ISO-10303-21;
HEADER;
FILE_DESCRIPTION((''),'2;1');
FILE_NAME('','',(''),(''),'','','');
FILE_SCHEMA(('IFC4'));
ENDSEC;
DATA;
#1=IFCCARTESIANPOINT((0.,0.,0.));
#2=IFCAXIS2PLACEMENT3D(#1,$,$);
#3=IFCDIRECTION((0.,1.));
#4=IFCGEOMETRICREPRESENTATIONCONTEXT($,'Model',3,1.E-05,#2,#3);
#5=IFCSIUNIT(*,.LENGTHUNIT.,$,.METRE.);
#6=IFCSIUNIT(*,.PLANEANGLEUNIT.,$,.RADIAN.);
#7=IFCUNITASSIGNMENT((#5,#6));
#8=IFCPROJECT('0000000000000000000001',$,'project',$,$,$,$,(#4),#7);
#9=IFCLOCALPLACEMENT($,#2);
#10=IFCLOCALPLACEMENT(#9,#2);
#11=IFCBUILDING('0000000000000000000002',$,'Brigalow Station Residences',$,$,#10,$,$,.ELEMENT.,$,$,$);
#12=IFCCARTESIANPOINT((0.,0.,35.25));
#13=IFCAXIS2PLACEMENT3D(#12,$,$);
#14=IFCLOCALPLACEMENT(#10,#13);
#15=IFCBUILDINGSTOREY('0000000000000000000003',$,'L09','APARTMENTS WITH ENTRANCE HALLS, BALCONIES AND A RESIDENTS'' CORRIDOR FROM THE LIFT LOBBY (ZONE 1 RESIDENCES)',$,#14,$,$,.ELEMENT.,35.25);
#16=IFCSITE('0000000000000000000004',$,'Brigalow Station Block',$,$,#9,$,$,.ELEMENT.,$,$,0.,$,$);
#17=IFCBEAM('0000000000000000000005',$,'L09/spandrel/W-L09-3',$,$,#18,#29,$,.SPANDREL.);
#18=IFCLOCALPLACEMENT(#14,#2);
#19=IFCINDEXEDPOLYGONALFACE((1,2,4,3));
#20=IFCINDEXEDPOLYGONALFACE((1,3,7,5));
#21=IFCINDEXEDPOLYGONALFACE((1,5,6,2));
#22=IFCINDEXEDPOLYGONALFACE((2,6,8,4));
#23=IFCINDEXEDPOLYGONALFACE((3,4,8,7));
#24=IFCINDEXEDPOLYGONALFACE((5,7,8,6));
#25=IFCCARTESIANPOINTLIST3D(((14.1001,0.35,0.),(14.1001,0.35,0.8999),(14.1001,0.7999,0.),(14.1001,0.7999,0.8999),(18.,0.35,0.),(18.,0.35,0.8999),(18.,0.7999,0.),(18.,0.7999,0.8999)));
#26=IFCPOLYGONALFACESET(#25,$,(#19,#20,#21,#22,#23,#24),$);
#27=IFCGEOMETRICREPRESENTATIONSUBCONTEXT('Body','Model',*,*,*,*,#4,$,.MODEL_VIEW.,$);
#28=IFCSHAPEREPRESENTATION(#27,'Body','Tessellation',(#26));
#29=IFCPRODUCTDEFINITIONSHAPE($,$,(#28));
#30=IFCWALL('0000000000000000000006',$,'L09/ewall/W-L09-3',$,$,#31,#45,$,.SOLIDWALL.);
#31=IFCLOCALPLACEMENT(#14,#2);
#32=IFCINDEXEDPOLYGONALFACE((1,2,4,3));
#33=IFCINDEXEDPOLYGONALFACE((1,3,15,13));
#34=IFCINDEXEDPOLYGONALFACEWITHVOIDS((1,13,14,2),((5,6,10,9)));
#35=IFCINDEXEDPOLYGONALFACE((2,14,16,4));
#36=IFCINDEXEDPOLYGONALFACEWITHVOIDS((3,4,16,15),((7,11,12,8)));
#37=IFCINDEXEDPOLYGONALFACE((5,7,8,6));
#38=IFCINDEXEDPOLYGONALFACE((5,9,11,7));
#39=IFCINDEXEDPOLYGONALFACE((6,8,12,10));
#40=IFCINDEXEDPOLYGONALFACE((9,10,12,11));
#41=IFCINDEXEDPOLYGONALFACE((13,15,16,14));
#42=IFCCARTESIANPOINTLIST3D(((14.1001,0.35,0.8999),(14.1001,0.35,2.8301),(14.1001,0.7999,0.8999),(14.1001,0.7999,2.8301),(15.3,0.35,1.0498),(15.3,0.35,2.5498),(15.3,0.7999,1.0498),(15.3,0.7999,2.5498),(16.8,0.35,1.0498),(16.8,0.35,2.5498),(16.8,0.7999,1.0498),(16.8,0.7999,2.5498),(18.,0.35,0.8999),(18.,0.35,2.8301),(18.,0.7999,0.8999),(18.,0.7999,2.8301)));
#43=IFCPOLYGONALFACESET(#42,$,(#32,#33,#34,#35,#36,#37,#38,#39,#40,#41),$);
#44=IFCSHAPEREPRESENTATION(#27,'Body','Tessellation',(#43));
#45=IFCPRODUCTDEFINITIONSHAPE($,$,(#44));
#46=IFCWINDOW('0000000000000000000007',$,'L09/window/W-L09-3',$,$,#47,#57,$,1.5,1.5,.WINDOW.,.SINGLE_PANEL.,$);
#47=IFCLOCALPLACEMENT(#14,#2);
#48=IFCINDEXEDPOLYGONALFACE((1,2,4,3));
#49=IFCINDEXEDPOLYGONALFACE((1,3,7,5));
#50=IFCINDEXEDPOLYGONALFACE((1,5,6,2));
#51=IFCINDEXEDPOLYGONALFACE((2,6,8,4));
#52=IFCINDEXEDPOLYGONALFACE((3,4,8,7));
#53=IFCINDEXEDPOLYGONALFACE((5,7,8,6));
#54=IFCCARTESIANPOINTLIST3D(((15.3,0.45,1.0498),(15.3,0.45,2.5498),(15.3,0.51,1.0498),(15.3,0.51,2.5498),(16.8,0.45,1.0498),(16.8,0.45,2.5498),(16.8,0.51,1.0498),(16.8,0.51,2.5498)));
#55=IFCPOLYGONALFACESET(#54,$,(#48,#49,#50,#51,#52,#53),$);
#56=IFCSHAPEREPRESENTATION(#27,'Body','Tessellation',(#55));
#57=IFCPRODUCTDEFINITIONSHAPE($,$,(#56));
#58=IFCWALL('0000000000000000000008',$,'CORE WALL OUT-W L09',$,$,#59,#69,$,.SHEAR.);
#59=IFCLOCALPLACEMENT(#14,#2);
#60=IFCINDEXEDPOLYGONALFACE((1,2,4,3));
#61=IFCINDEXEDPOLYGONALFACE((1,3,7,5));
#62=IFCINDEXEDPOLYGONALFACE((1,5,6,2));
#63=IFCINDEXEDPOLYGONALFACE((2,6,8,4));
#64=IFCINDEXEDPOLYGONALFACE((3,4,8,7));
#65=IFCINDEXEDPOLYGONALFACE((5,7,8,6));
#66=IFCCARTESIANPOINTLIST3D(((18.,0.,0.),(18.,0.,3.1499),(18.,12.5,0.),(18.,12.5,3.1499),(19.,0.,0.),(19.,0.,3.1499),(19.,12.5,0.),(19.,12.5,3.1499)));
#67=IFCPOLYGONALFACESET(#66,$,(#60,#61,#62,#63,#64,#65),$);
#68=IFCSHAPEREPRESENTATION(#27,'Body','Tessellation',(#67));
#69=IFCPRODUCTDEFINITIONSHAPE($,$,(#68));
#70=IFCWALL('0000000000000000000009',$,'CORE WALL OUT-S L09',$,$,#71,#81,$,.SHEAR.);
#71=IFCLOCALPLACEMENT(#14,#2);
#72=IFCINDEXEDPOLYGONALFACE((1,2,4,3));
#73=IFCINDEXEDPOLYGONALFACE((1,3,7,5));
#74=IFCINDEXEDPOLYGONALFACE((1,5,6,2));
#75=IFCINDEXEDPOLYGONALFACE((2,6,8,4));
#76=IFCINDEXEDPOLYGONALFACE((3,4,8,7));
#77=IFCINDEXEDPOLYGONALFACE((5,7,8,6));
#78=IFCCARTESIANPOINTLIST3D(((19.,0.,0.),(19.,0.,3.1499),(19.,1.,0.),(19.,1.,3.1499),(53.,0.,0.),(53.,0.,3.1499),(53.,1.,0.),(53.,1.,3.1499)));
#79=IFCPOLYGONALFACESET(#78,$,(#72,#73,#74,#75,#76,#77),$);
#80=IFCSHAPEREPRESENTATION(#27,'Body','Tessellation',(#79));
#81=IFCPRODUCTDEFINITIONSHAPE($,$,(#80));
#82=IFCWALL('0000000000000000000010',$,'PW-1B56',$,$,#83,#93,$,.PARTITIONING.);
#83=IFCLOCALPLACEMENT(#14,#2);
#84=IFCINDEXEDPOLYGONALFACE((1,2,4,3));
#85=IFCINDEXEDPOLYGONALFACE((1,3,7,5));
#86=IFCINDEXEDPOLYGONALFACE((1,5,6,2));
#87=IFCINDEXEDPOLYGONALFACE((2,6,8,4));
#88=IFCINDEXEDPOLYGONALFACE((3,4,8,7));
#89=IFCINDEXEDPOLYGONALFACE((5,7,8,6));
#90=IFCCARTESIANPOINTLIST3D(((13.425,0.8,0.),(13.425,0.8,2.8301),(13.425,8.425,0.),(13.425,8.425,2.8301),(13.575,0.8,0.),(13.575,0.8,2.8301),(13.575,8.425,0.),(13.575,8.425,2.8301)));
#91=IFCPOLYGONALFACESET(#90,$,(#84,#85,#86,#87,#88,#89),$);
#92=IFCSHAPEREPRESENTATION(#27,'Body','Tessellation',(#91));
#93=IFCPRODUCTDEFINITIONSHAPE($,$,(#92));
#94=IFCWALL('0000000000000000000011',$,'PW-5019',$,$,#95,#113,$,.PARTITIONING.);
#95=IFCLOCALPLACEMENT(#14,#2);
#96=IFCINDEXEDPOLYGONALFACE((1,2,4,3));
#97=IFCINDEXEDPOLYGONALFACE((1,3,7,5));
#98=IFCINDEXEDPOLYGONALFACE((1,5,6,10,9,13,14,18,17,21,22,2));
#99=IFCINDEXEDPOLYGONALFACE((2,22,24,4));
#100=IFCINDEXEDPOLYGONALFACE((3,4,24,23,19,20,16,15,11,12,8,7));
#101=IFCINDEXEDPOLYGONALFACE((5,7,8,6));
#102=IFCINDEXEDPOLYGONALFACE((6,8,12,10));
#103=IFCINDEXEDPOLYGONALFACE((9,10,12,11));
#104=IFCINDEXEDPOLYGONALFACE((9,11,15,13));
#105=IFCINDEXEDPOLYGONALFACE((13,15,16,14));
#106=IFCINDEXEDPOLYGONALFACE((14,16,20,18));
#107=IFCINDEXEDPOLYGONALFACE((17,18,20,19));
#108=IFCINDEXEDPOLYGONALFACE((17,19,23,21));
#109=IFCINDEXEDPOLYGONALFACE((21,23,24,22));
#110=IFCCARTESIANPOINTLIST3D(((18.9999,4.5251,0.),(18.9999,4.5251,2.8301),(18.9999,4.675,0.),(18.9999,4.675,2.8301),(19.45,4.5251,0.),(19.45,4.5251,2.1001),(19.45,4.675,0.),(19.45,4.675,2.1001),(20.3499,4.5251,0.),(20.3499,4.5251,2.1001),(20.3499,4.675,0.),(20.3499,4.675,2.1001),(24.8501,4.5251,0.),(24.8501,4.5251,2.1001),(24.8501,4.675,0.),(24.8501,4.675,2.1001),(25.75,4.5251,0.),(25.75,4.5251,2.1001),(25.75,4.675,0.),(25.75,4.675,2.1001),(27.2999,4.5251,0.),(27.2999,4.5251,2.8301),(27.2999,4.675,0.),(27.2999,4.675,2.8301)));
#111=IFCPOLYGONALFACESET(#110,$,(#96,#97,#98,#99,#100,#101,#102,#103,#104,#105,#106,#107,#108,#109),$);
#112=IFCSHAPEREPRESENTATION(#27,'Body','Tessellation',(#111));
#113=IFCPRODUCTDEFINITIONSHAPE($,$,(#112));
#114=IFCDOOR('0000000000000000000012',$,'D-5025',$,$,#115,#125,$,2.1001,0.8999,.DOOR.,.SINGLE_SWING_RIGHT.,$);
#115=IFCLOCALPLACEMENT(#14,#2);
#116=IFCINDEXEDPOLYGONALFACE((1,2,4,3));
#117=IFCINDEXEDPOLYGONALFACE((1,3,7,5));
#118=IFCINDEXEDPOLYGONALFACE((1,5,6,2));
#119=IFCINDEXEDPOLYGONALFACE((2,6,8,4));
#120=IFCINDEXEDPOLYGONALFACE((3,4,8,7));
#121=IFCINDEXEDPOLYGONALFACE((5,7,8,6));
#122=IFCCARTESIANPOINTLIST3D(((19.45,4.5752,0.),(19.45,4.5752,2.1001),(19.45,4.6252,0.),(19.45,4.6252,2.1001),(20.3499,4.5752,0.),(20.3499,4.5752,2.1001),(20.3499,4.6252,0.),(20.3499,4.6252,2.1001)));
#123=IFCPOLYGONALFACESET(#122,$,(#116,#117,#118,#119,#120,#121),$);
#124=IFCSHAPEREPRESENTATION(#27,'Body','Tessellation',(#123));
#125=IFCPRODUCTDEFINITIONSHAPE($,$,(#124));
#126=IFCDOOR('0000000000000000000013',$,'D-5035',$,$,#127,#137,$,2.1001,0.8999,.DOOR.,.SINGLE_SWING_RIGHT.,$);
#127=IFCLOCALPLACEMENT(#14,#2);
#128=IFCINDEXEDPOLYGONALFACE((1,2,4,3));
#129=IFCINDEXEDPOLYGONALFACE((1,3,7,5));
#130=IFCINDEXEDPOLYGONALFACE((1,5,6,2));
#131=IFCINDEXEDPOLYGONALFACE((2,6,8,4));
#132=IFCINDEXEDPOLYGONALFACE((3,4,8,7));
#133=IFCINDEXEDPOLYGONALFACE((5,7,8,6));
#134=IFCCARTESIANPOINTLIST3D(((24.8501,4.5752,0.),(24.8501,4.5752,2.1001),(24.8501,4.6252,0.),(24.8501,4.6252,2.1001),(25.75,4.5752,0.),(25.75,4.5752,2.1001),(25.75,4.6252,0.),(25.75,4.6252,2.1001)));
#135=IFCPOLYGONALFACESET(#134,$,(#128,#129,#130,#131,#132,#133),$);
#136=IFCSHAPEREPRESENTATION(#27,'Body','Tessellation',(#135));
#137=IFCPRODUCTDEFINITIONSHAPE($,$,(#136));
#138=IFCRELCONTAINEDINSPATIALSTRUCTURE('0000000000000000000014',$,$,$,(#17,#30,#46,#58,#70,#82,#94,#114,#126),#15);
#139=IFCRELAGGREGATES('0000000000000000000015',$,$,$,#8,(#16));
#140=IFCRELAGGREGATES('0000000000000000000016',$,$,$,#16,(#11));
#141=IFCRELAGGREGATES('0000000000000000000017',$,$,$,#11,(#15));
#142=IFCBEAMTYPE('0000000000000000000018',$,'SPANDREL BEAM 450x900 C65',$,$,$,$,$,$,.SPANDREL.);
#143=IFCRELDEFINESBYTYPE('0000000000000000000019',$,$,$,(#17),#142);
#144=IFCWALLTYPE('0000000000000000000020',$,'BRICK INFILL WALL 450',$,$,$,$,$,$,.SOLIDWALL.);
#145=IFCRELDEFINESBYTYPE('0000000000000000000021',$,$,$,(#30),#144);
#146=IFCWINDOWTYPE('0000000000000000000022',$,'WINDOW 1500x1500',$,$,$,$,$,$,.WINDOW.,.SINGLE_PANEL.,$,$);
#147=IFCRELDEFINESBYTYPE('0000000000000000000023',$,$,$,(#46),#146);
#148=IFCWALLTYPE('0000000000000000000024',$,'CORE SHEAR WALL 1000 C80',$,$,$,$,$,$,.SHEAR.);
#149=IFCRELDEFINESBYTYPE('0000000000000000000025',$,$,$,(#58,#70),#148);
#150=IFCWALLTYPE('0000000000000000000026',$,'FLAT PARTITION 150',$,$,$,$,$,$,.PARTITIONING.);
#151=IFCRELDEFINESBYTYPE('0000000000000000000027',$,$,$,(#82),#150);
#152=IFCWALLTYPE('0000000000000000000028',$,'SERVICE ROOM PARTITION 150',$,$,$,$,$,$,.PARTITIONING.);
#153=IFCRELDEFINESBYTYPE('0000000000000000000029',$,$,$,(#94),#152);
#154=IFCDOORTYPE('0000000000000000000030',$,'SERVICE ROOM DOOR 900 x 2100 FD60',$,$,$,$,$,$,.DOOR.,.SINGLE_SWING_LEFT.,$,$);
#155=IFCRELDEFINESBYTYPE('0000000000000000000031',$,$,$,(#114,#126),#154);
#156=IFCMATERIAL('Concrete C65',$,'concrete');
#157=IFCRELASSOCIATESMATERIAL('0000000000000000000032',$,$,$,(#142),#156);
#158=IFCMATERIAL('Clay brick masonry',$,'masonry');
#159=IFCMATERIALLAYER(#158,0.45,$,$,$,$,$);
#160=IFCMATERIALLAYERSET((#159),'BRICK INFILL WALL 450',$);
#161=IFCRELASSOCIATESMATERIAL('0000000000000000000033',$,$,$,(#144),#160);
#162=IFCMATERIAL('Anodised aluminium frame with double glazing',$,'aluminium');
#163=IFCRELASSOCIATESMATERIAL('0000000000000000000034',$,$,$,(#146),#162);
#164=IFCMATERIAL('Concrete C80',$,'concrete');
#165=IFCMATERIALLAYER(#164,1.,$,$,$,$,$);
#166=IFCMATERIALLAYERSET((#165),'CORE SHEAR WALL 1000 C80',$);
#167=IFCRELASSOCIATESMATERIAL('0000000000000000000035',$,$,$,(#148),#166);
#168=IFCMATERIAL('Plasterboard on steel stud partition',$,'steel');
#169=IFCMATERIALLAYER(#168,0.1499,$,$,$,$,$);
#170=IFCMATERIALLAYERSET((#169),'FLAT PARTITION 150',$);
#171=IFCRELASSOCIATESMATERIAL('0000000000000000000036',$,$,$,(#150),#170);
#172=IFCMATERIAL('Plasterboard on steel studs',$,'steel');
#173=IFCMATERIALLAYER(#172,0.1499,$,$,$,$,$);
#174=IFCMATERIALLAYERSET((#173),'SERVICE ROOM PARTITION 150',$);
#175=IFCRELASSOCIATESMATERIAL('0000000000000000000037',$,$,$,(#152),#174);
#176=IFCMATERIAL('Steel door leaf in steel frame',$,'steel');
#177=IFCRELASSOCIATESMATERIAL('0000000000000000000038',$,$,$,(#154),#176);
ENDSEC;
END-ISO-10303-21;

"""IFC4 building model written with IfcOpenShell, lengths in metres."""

from ifc_helpers import new_model, si_unit, direction, frame, frame_2d, origin, origin_2d, place, context, subcontext, project, spatial, rectangle, extrude, material, layer, layer_set, material_profile, profile_set, type_object, element, fill, save


model = new_model("IFC4")

# Units and contexts
model_context = context("Model", 3, precision=1e-05, world=origin(), true_north=direction((0.0, 1.0)))
body_context = subcontext(model_context, "Body", "Model", "MODEL_VIEW")
ifc_project = project(units=[si_unit("LENGTHUNIT", "METRE"), si_unit("PLANEANGLEUNIT", "RADIAN")], contexts=[model_context])

# Site, building, storey
site_placement = place(None, origin())
site = spatial("IfcSite", under=ifc_project, at=site_placement, Name="Brigalow Station Block", CompositionType="ELEMENT", RefElevation=0.0)
building_placement = place(site_placement, origin())
building = spatial("IfcBuilding", under=site, at=building_placement, Name="Brigalow Station Residences", CompositionType="ELEMENT")
storey_placement = place(building_placement, frame((0.0, 0.0, 35.25)))
storey = spatial("IfcBuildingStorey", under=building, at=storey_placement, Name="L09", Description="APARTMENTS WITH ENTRANCE HALLS, BALCONIES AND A RESIDENTS' CORRIDOR FROM THE LIFT LOBBY (ZONE 1 RESIDENCES)", CompositionType="ELEMENT", Elevation=35.25)

# Beam
ifc_material_1 = material(Name="Concrete C65", Category="concrete")
ifc_material_profile = material_profile(ifc_material_1, rectangle(XDim=0.45, YDim=0.8999, at=origin_2d()), Name="RC450x900")
ifc_profile_set = profile_set([ifc_material_profile], Name="Concrete C65")
beam_type = type_object("IfcBeamType", Name="SPANDREL BEAM 450x900 C65", PredefinedType="SPANDREL", material=ifc_profile_set)
beam_placement = place(storey_placement, frame((14.1001, 0.575, 0.45), z_axis=(1.0, 0.0, 0.0), x_axis=(0.0, 1.0, 0.0)))
element("IfcBeam", 1, at=beam_placement, inside=storey, type_object=beam_type, Name="L09/spandrel/W-L09-3", PredefinedType="SPANDREL", context=body_context, shape_type="SweptSolid", body=[
    extrude(rectangle(XDim=0.45, YDim=0.8999, at=origin_2d()), origin(), (0.0, 0.0, 1.0), 3.8999),
])

# Wall, opening, window
ifc_material_2 = material(Name="Clay brick masonry", Category="masonry")
ifc_layer_1 = layer(ifc_material_2, 0.45)
ifc_layer_set_1 = layer_set([ifc_layer_1], Name="BRICK INFILL WALL 450")
wall_type_1 = type_object("IfcWallType", Name="BRICK INFILL WALL 450", PredefinedType="SOLIDWALL", material=ifc_layer_set_1)
wall_1_placement = place(storey_placement, frame((14.1001, 0.575, 0.8999), z_axis=(0.0, 0.0, 1.0), x_axis=(1.0, 0.0, 0.0)))
wall_1 = element("IfcWall", 2, at=wall_1_placement, inside=storey, type_object=wall_type_1, Name="L09/ewall/W-L09-3", PredefinedType="SOLIDWALL", context=body_context, shape_type="SweptSolid", body=[
    extrude(rectangle(XDim=3.8999, YDim=0.45, at=frame_2d((1.95, 0.0))), origin(), (0.0, 0.0, 1.0), 1.9302),
])
opening_1_placement = place(wall_1_placement, frame((1.2, 0.0, 0.1499)))
opening_1 = element("IfcOpeningElement", 3, at=opening_1_placement, cuts=wall_1, PredefinedType="OPENING", context=body_context, shape_type="SweptSolid", body=[
    extrude(rectangle(XDim=1.5, YDim=1.5, at=frame_2d((0.75, 0.75))), frame((0.0, 0.2349, 0.0), z_axis=(0.0, -1.0, 0.0), x_axis=(1.0, 0.0, 0.0)), (0.0, 0.0, 1.0), 0.47),
])
ifc_material_3 = material(Name="Anodised aluminium frame with double glazing", Category="aluminium")
window_type = type_object("IfcWindowType", Name="WINDOW 1500x1500", PartitioningType="SINGLE_PANEL", PredefinedType="WINDOW", material=ifc_material_3)
window_placement = place(opening_1_placement, origin())
window = element("IfcWindow", 4, at=window_placement, inside=storey, type_object=window_type, Name="L09/window/W-L09-3", OverallHeight=1.5, OverallWidth=1.5, PartitioningType="SINGLE_PANEL", PredefinedType="WINDOW", context=body_context, shape_type="SweptSolid", body=[
    extrude(rectangle(XDim=1.5, YDim=1.5, at=frame_2d((0.75, 0.75))), frame((0.0, -0.0649, 0.0), z_axis=(0.0, -1.0, 0.0), x_axis=(1.0, 0.0, 0.0)), (0.0, 0.0, 1.0), 0.0601),
])
fill(opening_1, window)

# Walls
ifc_material_4 = material(Name="Concrete C80", Category="concrete")
ifc_layer_2 = layer(ifc_material_4, 1.0)
ifc_layer_set_2 = layer_set([ifc_layer_2], Name="CORE SHEAR WALL 1000 C80")
wall_type_2 = type_object("IfcWallType", Name="CORE SHEAR WALL 1000 C80", PredefinedType="SHEAR", material=ifc_layer_set_2)
wall_2_placement = place(storey_placement, frame((18.5, 0.0, 0.0), z_axis=(0.0, 0.0, 1.0), x_axis=(0.0, 1.0, 0.0)))
element("IfcWall", 5, at=wall_2_placement, inside=storey, type_object=wall_type_2, Name="CORE WALL OUT-W L09", PredefinedType="SHEAR", context=body_context, shape_type="SweptSolid", body=[
    extrude(rectangle(XDim=12.5, YDim=1.0, at=frame_2d((6.25, 0.0))), origin(), (0.0, 0.0, 1.0), 3.1499),
])
wall_3_placement = place(storey_placement, frame((19.0, 0.5, 0.0), z_axis=(0.0, 0.0, 1.0), x_axis=(1.0, 0.0, 0.0)))
element("IfcWall", 6, at=wall_3_placement, inside=storey, type_object=wall_type_2, Name="CORE WALL OUT-S L09", PredefinedType="SHEAR", context=body_context, shape_type="SweptSolid", body=[
    extrude(rectangle(XDim=34.0, YDim=1.0, at=frame_2d((17.0, 0.0))), origin(), (0.0, 0.0, 1.0), 3.1499),
])
ifc_material_5 = material(Name="Plasterboard on steel stud partition", Category="steel")
ifc_layer_3 = layer(ifc_material_5, 0.1499)
ifc_layer_set_3 = layer_set([ifc_layer_3], Name="FLAT PARTITION 150")
wall_type_3 = type_object("IfcWallType", Name="FLAT PARTITION 150", PredefinedType="PARTITIONING", material=ifc_layer_set_3)
wall_4_placement = place(storey_placement, frame((13.5, 0.8, 0.0), z_axis=(0.0, 0.0, 1.0), x_axis=(0.0, 1.0, 0.0)))
element("IfcWall", 7, at=wall_4_placement, inside=storey, type_object=wall_type_3, Name="PW-1B56", PredefinedType="PARTITIONING", context=body_context, shape_type="SweptSolid", body=[
    extrude(rectangle(XDim=7.625, YDim=0.1499, at=frame_2d((3.8125, 0.0))), origin(), (0.0, 0.0, 1.0), 2.8301),
])

# Wall, openings, doors
ifc_material_6 = material(Name="Plasterboard on steel studs", Category="steel")
ifc_layer_4 = layer(ifc_material_6, 0.1499)
ifc_layer_set_4 = layer_set([ifc_layer_4], Name="SERVICE ROOM PARTITION 150")
wall_type_4 = type_object("IfcWallType", Name="SERVICE ROOM PARTITION 150", PredefinedType="PARTITIONING", material=ifc_layer_set_4)
wall_5_placement = place(storey_placement, frame((19.0, 4.6001, 0.0), z_axis=(0.0, 0.0, 1.0), x_axis=(1.0, 0.0, 0.0)))
wall_5 = element("IfcWall", 8, at=wall_5_placement, inside=storey, type_object=wall_type_4, Name="PW-5019", PredefinedType="PARTITIONING", context=body_context, shape_type="SweptSolid", body=[
    extrude(rectangle(XDim=8.3, YDim=0.1499, at=frame_2d((4.1499, 0.0))), origin(), (0.0, 0.0, 1.0), 2.8301),
])
opening_2_placement = place(wall_5_placement, frame((0.45, 0.0, 0.0)))
opening_2 = element("IfcOpeningElement", 9, at=opening_2_placement, cuts=wall_5, PredefinedType="OPENING", context=body_context, shape_type="SweptSolid", body=[
    extrude(rectangle(XDim=0.8999, YDim=2.1001, at=frame_2d((0.45, 1.05))), frame((0.0, 0.085, 0.0), z_axis=(0.0, -1.0, 0.0), x_axis=(1.0, 0.0, 0.0)), (0.0, 0.0, 1.0), 0.1699),
])
opening_3_placement = place(wall_5_placement, frame((5.8501, 0.0, 0.0)))
opening_3 = element("IfcOpeningElement", 10, at=opening_3_placement, cuts=wall_5, PredefinedType="OPENING", context=body_context, shape_type="SweptSolid", body=[
    extrude(rectangle(XDim=0.8999, YDim=2.1001, at=frame_2d((0.45, 1.05))), frame((0.0, 0.085, 0.0), z_axis=(0.0, -1.0, 0.0), x_axis=(1.0, 0.0, 0.0)), (0.0, 0.0, 1.0), 0.1699),
])
ifc_material_7 = material(Name="Steel door leaf in steel frame", Category="steel")
door_type = type_object("IfcDoorType", Name="SERVICE ROOM DOOR 900 x 2100 FD60", OperationType="SINGLE_SWING_LEFT", PredefinedType="DOOR", material=ifc_material_7)
door_1_placement = place(opening_2_placement, frame((0.8999, 0.0, 0.0), z_axis=(0.0, 0.0, 1.0), x_axis=(-1.0, 0.0, 0.0)))
door_1 = element("IfcDoor", 11, at=door_1_placement, inside=storey, type_object=door_type, Name="D-5025", OperationType="SINGLE_SWING_RIGHT", OverallHeight=2.1001, OverallWidth=0.8999, PredefinedType="DOOR", context=body_context, shape_type="SweptSolid", body=[
    extrude(rectangle(XDim=0.8999, YDim=2.1001, at=frame_2d((0.45, 1.05))), frame((0.0, 0.0249, 0.0), z_axis=(0.0, -1.0, 0.0), x_axis=(1.0, 0.0, 0.0)), (0.0, 0.0, 1.0), 0.05),
])
fill(opening_2, door_1)
door_2_placement = place(opening_3_placement, frame((0.8999, 0.0, 0.0), z_axis=(0.0, 0.0, 1.0), x_axis=(-1.0, 0.0, 0.0)))
door_2 = element("IfcDoor", 12, at=door_2_placement, inside=storey, type_object=door_type, Name="D-5035", OperationType="SINGLE_SWING_RIGHT", OverallHeight=2.1001, OverallWidth=0.8999, PredefinedType="DOOR", context=body_context, shape_type="SweptSolid", body=[
    extrude(rectangle(XDim=0.8999, YDim=2.1001, at=frame_2d((0.45, 1.05))), frame((0.0, 0.0249, 0.0), z_axis=(0.0, -1.0, 0.0), x_axis=(1.0, 0.0, 0.0)), (0.0, 0.0, 1.0), 0.05),
])
fill(opening_3, door_2)

save(model, "model.ifc")
